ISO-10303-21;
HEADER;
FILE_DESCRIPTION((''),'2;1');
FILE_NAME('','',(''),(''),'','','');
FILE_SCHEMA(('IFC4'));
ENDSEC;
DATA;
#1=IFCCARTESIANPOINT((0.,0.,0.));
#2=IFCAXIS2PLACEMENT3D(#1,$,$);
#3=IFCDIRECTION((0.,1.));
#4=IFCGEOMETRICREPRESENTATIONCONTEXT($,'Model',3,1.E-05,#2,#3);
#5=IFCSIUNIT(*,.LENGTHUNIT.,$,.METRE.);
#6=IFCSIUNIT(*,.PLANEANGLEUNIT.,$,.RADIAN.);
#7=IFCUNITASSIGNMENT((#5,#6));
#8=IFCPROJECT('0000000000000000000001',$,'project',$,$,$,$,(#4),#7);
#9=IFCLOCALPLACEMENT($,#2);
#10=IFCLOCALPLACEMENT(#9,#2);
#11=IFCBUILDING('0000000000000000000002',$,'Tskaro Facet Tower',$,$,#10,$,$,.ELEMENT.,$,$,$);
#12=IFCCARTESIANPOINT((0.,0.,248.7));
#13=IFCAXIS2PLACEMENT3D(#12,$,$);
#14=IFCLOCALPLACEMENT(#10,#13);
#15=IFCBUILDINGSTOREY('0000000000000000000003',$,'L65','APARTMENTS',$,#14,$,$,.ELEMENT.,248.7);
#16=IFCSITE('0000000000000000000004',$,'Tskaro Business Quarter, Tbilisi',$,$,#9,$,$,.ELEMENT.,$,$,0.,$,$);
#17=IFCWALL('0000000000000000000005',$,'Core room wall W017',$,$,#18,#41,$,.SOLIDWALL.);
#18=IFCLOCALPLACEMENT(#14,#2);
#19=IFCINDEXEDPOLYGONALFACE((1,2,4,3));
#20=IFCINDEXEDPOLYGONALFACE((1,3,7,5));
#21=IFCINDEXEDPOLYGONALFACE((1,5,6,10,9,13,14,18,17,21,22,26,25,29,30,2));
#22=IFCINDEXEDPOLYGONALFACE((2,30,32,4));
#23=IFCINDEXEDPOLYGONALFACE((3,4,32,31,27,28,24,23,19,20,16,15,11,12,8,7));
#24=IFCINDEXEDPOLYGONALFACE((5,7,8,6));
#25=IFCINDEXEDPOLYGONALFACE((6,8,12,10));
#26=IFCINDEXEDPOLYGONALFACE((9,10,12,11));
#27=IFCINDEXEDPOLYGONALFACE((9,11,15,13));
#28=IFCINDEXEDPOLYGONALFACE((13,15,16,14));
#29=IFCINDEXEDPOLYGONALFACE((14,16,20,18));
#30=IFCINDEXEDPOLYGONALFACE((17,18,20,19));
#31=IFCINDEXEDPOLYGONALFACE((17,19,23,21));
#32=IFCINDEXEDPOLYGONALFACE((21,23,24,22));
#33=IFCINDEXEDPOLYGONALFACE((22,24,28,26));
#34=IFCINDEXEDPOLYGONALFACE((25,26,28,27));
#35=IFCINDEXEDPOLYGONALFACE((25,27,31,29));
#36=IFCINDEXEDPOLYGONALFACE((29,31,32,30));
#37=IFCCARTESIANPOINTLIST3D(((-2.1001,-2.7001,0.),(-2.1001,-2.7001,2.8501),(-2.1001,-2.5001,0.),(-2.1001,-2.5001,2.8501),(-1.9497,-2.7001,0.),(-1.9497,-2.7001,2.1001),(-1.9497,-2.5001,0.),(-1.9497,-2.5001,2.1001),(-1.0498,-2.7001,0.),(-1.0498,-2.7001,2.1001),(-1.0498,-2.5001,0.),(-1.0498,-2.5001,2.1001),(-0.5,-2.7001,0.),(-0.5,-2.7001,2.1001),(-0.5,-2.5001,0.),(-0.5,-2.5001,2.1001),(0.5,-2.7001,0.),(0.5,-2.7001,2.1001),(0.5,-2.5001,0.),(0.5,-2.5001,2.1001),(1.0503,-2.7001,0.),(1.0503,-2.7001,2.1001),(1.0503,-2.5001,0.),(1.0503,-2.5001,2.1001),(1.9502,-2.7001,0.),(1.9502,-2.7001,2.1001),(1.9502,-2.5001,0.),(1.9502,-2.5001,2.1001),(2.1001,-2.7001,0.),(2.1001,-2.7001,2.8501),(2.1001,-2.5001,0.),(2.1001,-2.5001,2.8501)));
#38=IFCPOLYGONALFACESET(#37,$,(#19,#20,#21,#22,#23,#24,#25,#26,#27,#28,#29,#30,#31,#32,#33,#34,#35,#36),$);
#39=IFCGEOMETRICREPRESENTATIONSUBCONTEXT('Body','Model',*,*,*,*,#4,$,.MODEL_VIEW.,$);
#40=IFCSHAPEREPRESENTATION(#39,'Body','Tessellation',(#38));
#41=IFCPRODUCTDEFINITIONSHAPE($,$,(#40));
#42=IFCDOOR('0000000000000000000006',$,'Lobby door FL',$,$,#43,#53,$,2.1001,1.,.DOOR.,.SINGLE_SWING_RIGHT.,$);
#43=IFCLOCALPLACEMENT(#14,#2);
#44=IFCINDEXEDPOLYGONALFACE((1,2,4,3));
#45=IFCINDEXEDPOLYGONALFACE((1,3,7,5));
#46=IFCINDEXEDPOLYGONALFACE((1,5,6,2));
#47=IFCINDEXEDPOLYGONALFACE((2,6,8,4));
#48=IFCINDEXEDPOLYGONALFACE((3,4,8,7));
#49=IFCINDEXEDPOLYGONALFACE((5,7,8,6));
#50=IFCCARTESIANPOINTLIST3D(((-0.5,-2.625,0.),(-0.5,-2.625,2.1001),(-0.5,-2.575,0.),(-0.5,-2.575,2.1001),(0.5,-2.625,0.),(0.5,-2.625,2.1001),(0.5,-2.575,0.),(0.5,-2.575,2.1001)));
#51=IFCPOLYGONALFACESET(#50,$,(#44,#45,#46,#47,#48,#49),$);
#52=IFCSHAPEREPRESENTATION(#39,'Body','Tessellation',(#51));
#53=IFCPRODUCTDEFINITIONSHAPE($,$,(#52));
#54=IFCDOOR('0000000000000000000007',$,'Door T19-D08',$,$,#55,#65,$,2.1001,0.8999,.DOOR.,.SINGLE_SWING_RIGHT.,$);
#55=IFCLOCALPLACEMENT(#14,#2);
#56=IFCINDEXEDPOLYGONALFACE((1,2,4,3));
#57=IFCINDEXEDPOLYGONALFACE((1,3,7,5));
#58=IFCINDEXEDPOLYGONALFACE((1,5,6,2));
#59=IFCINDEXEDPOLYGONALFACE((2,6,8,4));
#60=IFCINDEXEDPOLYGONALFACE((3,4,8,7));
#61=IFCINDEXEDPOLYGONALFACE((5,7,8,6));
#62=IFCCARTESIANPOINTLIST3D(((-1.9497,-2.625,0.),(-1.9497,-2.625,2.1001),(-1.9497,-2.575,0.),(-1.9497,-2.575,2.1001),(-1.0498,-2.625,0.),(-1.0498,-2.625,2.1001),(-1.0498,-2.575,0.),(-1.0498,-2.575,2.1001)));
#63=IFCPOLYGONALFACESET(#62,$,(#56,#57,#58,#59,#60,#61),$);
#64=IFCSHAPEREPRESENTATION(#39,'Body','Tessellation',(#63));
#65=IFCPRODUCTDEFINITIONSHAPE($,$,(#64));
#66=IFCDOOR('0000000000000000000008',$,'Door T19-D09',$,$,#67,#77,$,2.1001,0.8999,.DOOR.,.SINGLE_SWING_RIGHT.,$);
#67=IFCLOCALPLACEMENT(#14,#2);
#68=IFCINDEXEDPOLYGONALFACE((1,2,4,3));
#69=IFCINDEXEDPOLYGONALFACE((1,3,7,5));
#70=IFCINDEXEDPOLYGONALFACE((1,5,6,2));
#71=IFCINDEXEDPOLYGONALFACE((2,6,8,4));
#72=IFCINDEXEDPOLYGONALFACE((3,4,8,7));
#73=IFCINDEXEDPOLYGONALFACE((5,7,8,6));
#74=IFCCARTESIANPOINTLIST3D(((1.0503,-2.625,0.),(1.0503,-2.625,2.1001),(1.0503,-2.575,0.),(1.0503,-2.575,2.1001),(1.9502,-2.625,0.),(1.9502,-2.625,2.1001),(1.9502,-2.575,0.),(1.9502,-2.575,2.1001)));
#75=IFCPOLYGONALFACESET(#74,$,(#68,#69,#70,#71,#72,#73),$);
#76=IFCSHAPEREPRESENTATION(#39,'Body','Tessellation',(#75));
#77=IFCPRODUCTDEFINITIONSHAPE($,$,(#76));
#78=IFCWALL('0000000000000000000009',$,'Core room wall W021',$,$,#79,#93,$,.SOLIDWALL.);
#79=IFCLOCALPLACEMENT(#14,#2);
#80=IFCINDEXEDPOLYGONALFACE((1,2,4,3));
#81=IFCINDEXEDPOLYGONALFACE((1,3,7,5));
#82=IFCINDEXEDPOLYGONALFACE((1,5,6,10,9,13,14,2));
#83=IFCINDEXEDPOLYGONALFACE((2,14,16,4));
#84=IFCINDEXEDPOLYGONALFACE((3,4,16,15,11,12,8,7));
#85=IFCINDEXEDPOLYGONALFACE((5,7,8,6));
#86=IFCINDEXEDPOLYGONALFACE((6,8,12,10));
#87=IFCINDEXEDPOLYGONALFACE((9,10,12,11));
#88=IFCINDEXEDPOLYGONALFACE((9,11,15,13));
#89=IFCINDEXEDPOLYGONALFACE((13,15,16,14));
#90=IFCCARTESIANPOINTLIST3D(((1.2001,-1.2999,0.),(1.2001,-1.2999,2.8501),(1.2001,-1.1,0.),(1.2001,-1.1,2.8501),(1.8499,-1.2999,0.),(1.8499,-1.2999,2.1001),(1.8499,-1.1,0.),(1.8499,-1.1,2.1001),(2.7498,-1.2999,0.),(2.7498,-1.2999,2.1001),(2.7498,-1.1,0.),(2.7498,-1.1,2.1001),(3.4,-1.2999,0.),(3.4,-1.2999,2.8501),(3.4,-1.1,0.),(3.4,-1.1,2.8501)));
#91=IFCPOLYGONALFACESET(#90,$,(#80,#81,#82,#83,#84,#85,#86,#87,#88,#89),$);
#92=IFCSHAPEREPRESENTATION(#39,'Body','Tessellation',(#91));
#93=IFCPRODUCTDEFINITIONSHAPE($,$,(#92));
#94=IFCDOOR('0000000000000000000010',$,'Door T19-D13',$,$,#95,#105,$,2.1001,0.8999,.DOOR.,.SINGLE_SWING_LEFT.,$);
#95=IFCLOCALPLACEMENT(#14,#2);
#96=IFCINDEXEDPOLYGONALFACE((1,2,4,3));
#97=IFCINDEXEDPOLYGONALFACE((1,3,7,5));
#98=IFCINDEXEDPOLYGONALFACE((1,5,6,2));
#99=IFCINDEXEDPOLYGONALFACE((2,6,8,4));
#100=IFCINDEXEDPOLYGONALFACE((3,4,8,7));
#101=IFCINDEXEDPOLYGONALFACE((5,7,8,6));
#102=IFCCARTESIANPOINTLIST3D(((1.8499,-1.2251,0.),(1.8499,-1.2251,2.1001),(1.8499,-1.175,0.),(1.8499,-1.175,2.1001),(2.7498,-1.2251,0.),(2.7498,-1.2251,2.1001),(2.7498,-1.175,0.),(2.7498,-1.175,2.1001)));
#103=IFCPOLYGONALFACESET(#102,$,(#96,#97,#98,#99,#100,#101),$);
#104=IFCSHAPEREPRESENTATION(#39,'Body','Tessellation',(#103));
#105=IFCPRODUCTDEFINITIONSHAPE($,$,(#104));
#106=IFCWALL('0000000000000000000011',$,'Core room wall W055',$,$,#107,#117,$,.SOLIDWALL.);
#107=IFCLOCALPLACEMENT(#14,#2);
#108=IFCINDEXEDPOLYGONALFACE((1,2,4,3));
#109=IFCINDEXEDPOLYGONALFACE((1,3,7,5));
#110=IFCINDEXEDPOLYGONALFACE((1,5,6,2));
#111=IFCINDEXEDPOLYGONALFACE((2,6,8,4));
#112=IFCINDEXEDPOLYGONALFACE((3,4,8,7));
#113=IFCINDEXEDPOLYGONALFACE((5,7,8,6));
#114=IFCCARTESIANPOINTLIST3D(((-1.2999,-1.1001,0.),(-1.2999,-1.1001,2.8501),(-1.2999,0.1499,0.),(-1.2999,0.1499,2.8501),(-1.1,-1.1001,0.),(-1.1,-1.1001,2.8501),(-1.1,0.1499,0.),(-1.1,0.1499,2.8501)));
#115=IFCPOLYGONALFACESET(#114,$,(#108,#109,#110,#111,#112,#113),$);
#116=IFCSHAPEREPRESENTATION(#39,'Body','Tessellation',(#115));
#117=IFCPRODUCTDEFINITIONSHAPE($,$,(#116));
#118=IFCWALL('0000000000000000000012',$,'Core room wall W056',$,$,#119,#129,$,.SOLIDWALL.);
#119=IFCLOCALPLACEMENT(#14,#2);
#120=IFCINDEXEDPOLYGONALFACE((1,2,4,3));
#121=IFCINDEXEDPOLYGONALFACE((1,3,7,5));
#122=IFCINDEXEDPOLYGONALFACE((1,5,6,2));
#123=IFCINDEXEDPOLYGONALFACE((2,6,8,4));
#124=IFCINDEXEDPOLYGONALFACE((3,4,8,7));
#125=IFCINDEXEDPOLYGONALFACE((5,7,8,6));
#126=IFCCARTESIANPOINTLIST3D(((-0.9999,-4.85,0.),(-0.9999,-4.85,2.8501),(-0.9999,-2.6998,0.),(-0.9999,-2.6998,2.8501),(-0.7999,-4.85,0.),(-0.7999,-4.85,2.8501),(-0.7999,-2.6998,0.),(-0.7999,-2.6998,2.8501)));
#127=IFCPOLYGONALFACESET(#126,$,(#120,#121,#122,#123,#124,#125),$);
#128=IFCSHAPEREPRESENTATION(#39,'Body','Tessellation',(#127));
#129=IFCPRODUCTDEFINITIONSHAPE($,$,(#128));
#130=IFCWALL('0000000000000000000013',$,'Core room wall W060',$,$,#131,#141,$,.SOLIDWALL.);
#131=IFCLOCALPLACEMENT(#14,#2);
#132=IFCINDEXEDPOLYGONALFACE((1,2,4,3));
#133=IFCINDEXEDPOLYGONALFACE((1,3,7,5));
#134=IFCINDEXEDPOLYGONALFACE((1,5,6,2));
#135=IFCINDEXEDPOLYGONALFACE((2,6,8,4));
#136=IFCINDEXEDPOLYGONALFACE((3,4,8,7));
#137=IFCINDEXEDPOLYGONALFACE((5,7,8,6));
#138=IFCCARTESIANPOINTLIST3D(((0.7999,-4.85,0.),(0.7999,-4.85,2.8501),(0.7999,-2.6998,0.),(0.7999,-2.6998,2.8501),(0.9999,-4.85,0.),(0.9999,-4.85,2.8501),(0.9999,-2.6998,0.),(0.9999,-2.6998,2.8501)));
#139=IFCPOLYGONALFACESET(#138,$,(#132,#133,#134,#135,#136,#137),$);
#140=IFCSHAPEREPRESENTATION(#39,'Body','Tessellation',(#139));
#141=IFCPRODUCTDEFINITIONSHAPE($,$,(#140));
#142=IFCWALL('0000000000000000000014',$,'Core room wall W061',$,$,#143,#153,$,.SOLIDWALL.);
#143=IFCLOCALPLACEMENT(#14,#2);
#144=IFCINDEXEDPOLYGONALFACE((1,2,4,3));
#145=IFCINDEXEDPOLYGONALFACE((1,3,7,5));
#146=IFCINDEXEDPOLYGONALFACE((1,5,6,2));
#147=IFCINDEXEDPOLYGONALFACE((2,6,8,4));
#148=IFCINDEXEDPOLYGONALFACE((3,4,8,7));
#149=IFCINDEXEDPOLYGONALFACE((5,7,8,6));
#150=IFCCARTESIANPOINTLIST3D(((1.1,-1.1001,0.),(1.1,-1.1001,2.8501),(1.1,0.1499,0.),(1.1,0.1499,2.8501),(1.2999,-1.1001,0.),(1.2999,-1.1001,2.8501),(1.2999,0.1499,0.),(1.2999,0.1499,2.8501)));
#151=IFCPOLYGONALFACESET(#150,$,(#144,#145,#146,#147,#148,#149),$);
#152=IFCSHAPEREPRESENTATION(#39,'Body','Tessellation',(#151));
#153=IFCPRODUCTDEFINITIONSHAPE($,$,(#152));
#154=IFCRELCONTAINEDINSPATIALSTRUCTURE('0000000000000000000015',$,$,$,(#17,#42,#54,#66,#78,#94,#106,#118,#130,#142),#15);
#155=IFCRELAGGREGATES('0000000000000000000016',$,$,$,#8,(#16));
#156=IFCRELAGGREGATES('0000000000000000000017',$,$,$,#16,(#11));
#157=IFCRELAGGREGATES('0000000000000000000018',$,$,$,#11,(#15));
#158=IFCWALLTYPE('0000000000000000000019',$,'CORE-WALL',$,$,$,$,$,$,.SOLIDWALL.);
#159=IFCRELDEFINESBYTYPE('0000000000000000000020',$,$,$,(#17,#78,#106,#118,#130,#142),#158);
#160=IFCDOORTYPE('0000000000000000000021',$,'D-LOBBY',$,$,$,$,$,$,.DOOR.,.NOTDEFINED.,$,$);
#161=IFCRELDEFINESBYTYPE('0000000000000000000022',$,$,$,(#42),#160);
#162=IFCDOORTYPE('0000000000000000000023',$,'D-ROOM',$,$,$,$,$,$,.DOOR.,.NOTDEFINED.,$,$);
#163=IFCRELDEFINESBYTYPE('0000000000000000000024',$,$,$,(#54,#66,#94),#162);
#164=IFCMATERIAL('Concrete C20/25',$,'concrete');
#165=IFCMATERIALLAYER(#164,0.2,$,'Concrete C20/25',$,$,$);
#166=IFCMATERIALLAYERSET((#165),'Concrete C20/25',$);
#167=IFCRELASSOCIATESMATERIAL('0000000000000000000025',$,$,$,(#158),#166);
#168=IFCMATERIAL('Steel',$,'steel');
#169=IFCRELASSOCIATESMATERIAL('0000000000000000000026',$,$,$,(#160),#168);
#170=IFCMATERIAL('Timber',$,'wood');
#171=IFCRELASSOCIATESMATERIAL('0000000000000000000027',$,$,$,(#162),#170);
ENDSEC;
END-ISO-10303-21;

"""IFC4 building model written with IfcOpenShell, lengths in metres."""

from ifc_helpers import new_model, si_unit, direction, frame, frame_2d, origin, place, context, subcontext, project, spatial, rectangle, extrude, material, layer, layer_set, type_object, element, fill, save


model = new_model("IFC4")

# Units and contexts
model_context = context("Model", 3, precision=1e-05, world=origin(), true_north=direction((0.0, 1.0)))
body_context = subcontext(model_context, "Body", "Model", "MODEL_VIEW")
ifc_project = project(units=[si_unit("LENGTHUNIT", "METRE"), si_unit("PLANEANGLEUNIT", "RADIAN")], contexts=[model_context])

# Site, building, storey
site_placement = place(None, origin())
site = spatial("IfcSite", under=ifc_project, at=site_placement, Name="Tskaro Business Quarter, Tbilisi", CompositionType="ELEMENT", RefElevation=0.0)
building_placement = place(site_placement, origin())
building = spatial("IfcBuilding", under=site, at=building_placement, Name="Tskaro Facet Tower", CompositionType="ELEMENT")
storey_placement = place(building_placement, frame((0.0, 0.0, 248.7)))
storey = spatial("IfcBuildingStorey", under=building, at=storey_placement, Name="L65", Description="APARTMENTS", CompositionType="ELEMENT", Elevation=248.7)

# Shared definitions
ifc_material_1 = material(Name="Steel", Category="steel")

# Shared definitions
ifc_material_2 = material(Name="Concrete C20/25", Category="concrete")
ifc_layer_1 = layer(ifc_material_2, 0.2, Name="Concrete C20/25")
ifc_layer_set_1 = layer_set([ifc_layer_1], Name="Concrete C20/25")
wall_type_1 = type_object("IfcWallType", Name="CORE-WALL", PredefinedType="SOLIDWALL", material=ifc_layer_set_1)

# Wall, openings, doors
wall_1_placement = place(storey_placement, frame((2.1001, -2.6001, 0.0), z_axis=(0.0, 0.0, 1.0), x_axis=(-1.0, 0.0, 0.0)))
wall_1 = element("IfcWall", 1, at=wall_1_placement, inside=storey, type_object=wall_type_1, Name="Core room wall W017", PredefinedType="SOLIDWALL", context=body_context, shape_type="SweptSolid", body=[
    extrude(rectangle(XDim=4.2002, YDim=0.2, at=frame_2d((2.1001, 0.0))), origin(), (0.0, 0.0, 1.0), 2.8501),
])
opening_1_placement = place(wall_1_placement, frame((1.6001, 0.0, 0.0)))
opening_1 = element("IfcOpeningElement", 2, at=opening_1_placement, cuts=wall_1, PredefinedType="OPENING", context=body_context, shape_type="SweptSolid", body=[
    extrude(rectangle(XDim=1.0, YDim=2.1001, at=frame_2d((0.5, 1.05))), frame((0.0, 0.1099, 0.0), z_axis=(0.0, -1.0, 0.0), x_axis=(1.0, 0.0, 0.0)), (0.0, 0.0, 1.0), 0.22),
])
opening_2_placement = place(wall_1_placement, frame((3.1499, 0.0, 0.0)))
opening_2 = element("IfcOpeningElement", 3, at=opening_2_placement, cuts=wall_1, PredefinedType="OPENING", context=body_context, shape_type="SweptSolid", body=[
    extrude(rectangle(XDim=0.8999, YDim=2.1001, at=frame_2d((0.45, 1.05))), frame((0.0, 0.1099, 0.0), z_axis=(0.0, -1.0, 0.0), x_axis=(1.0, 0.0, 0.0)), (0.0, 0.0, 1.0), 0.22),
])
opening_3_placement = place(wall_1_placement, frame((0.1499, 0.0, 0.0)))
opening_3 = element("IfcOpeningElement", 4, at=opening_3_placement, cuts=wall_1, PredefinedType="OPENING", context=body_context, shape_type="SweptSolid", body=[
    extrude(rectangle(XDim=0.8999, YDim=2.1001, at=frame_2d((0.45, 1.05))), frame((0.0, 0.1099, 0.0), z_axis=(0.0, -1.0, 0.0), x_axis=(1.0, 0.0, 0.0)), (0.0, 0.0, 1.0), 0.22),
])
door_type_1 = type_object("IfcDoorType", Name="D-LOBBY", OperationType="NOTDEFINED", PredefinedType="DOOR", material=ifc_material_1)
door_1_placement = place(opening_1_placement, origin())
door_1 = element("IfcDoor", 5, at=door_1_placement, inside=storey, type_object=door_type_1, Name="Lobby door FL", OperationType="SINGLE_SWING_RIGHT", OverallHeight=2.1001, OverallWidth=1.0, PredefinedType="DOOR", context=body_context, shape_type="SweptSolid", body=[
    extrude(rectangle(XDim=1.0, YDim=2.1001, at=frame_2d((0.5, 1.05))), frame((0.0, 0.0249, 0.0), z_axis=(0.0, -1.0, 0.0), x_axis=(1.0, 0.0, 0.0)), (0.0, 0.0, 1.0), 0.05),
])
fill(opening_1, door_1)
ifc_material_3 = material(Name="Timber", Category="wood")
door_type_2 = type_object("IfcDoorType", Name="D-ROOM", OperationType="NOTDEFINED", PredefinedType="DOOR", material=ifc_material_3)
door_2_placement = place(opening_2_placement, origin())
door_2 = element("IfcDoor", 6, at=door_2_placement, inside=storey, type_object=door_type_2, Name="Door T19-D08", OperationType="SINGLE_SWING_RIGHT", OverallHeight=2.1001, OverallWidth=0.8999, PredefinedType="DOOR", context=body_context, shape_type="SweptSolid", body=[
    extrude(rectangle(XDim=0.8999, YDim=2.1001, at=frame_2d((0.45, 1.05))), frame((0.0, 0.0249, 0.0), z_axis=(0.0, -1.0, 0.0), x_axis=(1.0, 0.0, 0.0)), (0.0, 0.0, 1.0), 0.05),
])
fill(opening_2, door_2)
door_3_placement = place(opening_3_placement, origin())
door_3 = element("IfcDoor", 7, at=door_3_placement, inside=storey, type_object=door_type_2, Name="Door T19-D09", OperationType="SINGLE_SWING_RIGHT", OverallHeight=2.1001, OverallWidth=0.8999, PredefinedType="DOOR", context=body_context, shape_type="SweptSolid", body=[
    extrude(rectangle(XDim=0.8999, YDim=2.1001, at=frame_2d((0.45, 1.05))), frame((0.0, 0.0249, 0.0), z_axis=(0.0, -1.0, 0.0), x_axis=(1.0, 0.0, 0.0)), (0.0, 0.0, 1.0), 0.05),
])
fill(opening_3, door_3)

# Wall, opening, door
wall_2_placement = place(storey_placement, frame((1.2, -1.2, 0.0), z_axis=(0.0, 0.0, 1.0), x_axis=(1.0, 0.0, 0.0)))
wall_2 = element("IfcWall", 8, at=wall_2_placement, inside=storey, type_object=wall_type_1, Name="Core room wall W021", PredefinedType="SOLIDWALL", context=body_context, shape_type="SweptSolid", body=[
    extrude(rectangle(XDim=2.2, YDim=0.2, at=frame_2d((1.1001, 0.0))), origin(), (0.0, 0.0, 1.0), 2.8501),
])
opening_4_placement = place(wall_2_placement, frame((0.6499, 0.0, 0.0)))
opening_4 = element("IfcOpeningElement", 9, at=opening_4_placement, cuts=wall_2, PredefinedType="OPENING", context=body_context, shape_type="SweptSolid", body=[
    extrude(rectangle(XDim=0.8999, YDim=2.1001, at=frame_2d((0.45, 1.05))), frame((0.0, 0.1099, 0.0), z_axis=(0.0, -1.0, 0.0), x_axis=(1.0, 0.0, 0.0)), (0.0, 0.0, 1.0), 0.22),
])
door_4_placement = place(opening_4_placement, origin())
door_4 = element("IfcDoor", 10, at=door_4_placement, inside=storey, type_object=door_type_2, Name="Door T19-D13", OperationType="SINGLE_SWING_LEFT", OverallHeight=2.1001, OverallWidth=0.8999, PredefinedType="DOOR", context=body_context, shape_type="SweptSolid", body=[
    extrude(rectangle(XDim=0.8999, YDim=2.1001, at=frame_2d((0.45, 1.05))), frame((0.0, 0.0249, 0.0), z_axis=(0.0, -1.0, 0.0), x_axis=(1.0, 0.0, 0.0)), (0.0, 0.0, 1.0), 0.05),
])
fill(opening_4, door_4)

# Walls
wall_3_placement = place(storey_placement, frame((-1.2, -1.1001, 0.0), z_axis=(0.0, 0.0, 1.0), x_axis=(0.0, 1.0, 0.0)))
element("IfcWall", 11, at=wall_3_placement, inside=storey, type_object=wall_type_1, Name="Core room wall W055", PredefinedType="SOLIDWALL", context=body_context, shape_type="SweptSolid", body=[
    extrude(rectangle(XDim=1.25, YDim=0.2, at=frame_2d((0.625, 0.0))), origin(), (0.0, 0.0, 1.0), 2.8501),
])
for number, where, z_axis, x_axis, name in (
    (12, (-0.8999, -4.8501, 0.0), (0.0, 0.0, 1.0), (0.0, 1.0, 0.0), "Core room wall W056"),
    (13, (0.8999, -4.8501, 0.0), (0.0, 0.0, 1.0), (0.0, 1.0, 0.0), "Core room wall W060"),
):
    element("IfcWall", number, at=place(storey_placement, frame(where, z_axis=z_axis, x_axis=x_axis)), inside=storey, type_object=wall_type_1, Name=name, PredefinedType="SOLIDWALL", context=body_context, shape_type="SweptSolid", body=[
        extrude(rectangle(XDim=2.1501, YDim=0.2, at=frame_2d((1.0752, 0.0))), origin(), (0.0, 0.0, 1.0), 2.8501),
    ])
wall_4_placement = place(storey_placement, frame((1.2, -1.1001, 0.0), z_axis=(0.0, 0.0, 1.0), x_axis=(0.0, 1.0, 0.0)))
element("IfcWall", 14, at=wall_4_placement, inside=storey, type_object=wall_type_1, Name="Core room wall W061", PredefinedType="SOLIDWALL", context=body_context, shape_type="SweptSolid", body=[
    extrude(rectangle(XDim=1.25, YDim=0.2, at=frame_2d((0.625, 0.0))), origin(), (0.0, 0.0, 1.0), 2.8501),
])

save(model, "model.ifc")
